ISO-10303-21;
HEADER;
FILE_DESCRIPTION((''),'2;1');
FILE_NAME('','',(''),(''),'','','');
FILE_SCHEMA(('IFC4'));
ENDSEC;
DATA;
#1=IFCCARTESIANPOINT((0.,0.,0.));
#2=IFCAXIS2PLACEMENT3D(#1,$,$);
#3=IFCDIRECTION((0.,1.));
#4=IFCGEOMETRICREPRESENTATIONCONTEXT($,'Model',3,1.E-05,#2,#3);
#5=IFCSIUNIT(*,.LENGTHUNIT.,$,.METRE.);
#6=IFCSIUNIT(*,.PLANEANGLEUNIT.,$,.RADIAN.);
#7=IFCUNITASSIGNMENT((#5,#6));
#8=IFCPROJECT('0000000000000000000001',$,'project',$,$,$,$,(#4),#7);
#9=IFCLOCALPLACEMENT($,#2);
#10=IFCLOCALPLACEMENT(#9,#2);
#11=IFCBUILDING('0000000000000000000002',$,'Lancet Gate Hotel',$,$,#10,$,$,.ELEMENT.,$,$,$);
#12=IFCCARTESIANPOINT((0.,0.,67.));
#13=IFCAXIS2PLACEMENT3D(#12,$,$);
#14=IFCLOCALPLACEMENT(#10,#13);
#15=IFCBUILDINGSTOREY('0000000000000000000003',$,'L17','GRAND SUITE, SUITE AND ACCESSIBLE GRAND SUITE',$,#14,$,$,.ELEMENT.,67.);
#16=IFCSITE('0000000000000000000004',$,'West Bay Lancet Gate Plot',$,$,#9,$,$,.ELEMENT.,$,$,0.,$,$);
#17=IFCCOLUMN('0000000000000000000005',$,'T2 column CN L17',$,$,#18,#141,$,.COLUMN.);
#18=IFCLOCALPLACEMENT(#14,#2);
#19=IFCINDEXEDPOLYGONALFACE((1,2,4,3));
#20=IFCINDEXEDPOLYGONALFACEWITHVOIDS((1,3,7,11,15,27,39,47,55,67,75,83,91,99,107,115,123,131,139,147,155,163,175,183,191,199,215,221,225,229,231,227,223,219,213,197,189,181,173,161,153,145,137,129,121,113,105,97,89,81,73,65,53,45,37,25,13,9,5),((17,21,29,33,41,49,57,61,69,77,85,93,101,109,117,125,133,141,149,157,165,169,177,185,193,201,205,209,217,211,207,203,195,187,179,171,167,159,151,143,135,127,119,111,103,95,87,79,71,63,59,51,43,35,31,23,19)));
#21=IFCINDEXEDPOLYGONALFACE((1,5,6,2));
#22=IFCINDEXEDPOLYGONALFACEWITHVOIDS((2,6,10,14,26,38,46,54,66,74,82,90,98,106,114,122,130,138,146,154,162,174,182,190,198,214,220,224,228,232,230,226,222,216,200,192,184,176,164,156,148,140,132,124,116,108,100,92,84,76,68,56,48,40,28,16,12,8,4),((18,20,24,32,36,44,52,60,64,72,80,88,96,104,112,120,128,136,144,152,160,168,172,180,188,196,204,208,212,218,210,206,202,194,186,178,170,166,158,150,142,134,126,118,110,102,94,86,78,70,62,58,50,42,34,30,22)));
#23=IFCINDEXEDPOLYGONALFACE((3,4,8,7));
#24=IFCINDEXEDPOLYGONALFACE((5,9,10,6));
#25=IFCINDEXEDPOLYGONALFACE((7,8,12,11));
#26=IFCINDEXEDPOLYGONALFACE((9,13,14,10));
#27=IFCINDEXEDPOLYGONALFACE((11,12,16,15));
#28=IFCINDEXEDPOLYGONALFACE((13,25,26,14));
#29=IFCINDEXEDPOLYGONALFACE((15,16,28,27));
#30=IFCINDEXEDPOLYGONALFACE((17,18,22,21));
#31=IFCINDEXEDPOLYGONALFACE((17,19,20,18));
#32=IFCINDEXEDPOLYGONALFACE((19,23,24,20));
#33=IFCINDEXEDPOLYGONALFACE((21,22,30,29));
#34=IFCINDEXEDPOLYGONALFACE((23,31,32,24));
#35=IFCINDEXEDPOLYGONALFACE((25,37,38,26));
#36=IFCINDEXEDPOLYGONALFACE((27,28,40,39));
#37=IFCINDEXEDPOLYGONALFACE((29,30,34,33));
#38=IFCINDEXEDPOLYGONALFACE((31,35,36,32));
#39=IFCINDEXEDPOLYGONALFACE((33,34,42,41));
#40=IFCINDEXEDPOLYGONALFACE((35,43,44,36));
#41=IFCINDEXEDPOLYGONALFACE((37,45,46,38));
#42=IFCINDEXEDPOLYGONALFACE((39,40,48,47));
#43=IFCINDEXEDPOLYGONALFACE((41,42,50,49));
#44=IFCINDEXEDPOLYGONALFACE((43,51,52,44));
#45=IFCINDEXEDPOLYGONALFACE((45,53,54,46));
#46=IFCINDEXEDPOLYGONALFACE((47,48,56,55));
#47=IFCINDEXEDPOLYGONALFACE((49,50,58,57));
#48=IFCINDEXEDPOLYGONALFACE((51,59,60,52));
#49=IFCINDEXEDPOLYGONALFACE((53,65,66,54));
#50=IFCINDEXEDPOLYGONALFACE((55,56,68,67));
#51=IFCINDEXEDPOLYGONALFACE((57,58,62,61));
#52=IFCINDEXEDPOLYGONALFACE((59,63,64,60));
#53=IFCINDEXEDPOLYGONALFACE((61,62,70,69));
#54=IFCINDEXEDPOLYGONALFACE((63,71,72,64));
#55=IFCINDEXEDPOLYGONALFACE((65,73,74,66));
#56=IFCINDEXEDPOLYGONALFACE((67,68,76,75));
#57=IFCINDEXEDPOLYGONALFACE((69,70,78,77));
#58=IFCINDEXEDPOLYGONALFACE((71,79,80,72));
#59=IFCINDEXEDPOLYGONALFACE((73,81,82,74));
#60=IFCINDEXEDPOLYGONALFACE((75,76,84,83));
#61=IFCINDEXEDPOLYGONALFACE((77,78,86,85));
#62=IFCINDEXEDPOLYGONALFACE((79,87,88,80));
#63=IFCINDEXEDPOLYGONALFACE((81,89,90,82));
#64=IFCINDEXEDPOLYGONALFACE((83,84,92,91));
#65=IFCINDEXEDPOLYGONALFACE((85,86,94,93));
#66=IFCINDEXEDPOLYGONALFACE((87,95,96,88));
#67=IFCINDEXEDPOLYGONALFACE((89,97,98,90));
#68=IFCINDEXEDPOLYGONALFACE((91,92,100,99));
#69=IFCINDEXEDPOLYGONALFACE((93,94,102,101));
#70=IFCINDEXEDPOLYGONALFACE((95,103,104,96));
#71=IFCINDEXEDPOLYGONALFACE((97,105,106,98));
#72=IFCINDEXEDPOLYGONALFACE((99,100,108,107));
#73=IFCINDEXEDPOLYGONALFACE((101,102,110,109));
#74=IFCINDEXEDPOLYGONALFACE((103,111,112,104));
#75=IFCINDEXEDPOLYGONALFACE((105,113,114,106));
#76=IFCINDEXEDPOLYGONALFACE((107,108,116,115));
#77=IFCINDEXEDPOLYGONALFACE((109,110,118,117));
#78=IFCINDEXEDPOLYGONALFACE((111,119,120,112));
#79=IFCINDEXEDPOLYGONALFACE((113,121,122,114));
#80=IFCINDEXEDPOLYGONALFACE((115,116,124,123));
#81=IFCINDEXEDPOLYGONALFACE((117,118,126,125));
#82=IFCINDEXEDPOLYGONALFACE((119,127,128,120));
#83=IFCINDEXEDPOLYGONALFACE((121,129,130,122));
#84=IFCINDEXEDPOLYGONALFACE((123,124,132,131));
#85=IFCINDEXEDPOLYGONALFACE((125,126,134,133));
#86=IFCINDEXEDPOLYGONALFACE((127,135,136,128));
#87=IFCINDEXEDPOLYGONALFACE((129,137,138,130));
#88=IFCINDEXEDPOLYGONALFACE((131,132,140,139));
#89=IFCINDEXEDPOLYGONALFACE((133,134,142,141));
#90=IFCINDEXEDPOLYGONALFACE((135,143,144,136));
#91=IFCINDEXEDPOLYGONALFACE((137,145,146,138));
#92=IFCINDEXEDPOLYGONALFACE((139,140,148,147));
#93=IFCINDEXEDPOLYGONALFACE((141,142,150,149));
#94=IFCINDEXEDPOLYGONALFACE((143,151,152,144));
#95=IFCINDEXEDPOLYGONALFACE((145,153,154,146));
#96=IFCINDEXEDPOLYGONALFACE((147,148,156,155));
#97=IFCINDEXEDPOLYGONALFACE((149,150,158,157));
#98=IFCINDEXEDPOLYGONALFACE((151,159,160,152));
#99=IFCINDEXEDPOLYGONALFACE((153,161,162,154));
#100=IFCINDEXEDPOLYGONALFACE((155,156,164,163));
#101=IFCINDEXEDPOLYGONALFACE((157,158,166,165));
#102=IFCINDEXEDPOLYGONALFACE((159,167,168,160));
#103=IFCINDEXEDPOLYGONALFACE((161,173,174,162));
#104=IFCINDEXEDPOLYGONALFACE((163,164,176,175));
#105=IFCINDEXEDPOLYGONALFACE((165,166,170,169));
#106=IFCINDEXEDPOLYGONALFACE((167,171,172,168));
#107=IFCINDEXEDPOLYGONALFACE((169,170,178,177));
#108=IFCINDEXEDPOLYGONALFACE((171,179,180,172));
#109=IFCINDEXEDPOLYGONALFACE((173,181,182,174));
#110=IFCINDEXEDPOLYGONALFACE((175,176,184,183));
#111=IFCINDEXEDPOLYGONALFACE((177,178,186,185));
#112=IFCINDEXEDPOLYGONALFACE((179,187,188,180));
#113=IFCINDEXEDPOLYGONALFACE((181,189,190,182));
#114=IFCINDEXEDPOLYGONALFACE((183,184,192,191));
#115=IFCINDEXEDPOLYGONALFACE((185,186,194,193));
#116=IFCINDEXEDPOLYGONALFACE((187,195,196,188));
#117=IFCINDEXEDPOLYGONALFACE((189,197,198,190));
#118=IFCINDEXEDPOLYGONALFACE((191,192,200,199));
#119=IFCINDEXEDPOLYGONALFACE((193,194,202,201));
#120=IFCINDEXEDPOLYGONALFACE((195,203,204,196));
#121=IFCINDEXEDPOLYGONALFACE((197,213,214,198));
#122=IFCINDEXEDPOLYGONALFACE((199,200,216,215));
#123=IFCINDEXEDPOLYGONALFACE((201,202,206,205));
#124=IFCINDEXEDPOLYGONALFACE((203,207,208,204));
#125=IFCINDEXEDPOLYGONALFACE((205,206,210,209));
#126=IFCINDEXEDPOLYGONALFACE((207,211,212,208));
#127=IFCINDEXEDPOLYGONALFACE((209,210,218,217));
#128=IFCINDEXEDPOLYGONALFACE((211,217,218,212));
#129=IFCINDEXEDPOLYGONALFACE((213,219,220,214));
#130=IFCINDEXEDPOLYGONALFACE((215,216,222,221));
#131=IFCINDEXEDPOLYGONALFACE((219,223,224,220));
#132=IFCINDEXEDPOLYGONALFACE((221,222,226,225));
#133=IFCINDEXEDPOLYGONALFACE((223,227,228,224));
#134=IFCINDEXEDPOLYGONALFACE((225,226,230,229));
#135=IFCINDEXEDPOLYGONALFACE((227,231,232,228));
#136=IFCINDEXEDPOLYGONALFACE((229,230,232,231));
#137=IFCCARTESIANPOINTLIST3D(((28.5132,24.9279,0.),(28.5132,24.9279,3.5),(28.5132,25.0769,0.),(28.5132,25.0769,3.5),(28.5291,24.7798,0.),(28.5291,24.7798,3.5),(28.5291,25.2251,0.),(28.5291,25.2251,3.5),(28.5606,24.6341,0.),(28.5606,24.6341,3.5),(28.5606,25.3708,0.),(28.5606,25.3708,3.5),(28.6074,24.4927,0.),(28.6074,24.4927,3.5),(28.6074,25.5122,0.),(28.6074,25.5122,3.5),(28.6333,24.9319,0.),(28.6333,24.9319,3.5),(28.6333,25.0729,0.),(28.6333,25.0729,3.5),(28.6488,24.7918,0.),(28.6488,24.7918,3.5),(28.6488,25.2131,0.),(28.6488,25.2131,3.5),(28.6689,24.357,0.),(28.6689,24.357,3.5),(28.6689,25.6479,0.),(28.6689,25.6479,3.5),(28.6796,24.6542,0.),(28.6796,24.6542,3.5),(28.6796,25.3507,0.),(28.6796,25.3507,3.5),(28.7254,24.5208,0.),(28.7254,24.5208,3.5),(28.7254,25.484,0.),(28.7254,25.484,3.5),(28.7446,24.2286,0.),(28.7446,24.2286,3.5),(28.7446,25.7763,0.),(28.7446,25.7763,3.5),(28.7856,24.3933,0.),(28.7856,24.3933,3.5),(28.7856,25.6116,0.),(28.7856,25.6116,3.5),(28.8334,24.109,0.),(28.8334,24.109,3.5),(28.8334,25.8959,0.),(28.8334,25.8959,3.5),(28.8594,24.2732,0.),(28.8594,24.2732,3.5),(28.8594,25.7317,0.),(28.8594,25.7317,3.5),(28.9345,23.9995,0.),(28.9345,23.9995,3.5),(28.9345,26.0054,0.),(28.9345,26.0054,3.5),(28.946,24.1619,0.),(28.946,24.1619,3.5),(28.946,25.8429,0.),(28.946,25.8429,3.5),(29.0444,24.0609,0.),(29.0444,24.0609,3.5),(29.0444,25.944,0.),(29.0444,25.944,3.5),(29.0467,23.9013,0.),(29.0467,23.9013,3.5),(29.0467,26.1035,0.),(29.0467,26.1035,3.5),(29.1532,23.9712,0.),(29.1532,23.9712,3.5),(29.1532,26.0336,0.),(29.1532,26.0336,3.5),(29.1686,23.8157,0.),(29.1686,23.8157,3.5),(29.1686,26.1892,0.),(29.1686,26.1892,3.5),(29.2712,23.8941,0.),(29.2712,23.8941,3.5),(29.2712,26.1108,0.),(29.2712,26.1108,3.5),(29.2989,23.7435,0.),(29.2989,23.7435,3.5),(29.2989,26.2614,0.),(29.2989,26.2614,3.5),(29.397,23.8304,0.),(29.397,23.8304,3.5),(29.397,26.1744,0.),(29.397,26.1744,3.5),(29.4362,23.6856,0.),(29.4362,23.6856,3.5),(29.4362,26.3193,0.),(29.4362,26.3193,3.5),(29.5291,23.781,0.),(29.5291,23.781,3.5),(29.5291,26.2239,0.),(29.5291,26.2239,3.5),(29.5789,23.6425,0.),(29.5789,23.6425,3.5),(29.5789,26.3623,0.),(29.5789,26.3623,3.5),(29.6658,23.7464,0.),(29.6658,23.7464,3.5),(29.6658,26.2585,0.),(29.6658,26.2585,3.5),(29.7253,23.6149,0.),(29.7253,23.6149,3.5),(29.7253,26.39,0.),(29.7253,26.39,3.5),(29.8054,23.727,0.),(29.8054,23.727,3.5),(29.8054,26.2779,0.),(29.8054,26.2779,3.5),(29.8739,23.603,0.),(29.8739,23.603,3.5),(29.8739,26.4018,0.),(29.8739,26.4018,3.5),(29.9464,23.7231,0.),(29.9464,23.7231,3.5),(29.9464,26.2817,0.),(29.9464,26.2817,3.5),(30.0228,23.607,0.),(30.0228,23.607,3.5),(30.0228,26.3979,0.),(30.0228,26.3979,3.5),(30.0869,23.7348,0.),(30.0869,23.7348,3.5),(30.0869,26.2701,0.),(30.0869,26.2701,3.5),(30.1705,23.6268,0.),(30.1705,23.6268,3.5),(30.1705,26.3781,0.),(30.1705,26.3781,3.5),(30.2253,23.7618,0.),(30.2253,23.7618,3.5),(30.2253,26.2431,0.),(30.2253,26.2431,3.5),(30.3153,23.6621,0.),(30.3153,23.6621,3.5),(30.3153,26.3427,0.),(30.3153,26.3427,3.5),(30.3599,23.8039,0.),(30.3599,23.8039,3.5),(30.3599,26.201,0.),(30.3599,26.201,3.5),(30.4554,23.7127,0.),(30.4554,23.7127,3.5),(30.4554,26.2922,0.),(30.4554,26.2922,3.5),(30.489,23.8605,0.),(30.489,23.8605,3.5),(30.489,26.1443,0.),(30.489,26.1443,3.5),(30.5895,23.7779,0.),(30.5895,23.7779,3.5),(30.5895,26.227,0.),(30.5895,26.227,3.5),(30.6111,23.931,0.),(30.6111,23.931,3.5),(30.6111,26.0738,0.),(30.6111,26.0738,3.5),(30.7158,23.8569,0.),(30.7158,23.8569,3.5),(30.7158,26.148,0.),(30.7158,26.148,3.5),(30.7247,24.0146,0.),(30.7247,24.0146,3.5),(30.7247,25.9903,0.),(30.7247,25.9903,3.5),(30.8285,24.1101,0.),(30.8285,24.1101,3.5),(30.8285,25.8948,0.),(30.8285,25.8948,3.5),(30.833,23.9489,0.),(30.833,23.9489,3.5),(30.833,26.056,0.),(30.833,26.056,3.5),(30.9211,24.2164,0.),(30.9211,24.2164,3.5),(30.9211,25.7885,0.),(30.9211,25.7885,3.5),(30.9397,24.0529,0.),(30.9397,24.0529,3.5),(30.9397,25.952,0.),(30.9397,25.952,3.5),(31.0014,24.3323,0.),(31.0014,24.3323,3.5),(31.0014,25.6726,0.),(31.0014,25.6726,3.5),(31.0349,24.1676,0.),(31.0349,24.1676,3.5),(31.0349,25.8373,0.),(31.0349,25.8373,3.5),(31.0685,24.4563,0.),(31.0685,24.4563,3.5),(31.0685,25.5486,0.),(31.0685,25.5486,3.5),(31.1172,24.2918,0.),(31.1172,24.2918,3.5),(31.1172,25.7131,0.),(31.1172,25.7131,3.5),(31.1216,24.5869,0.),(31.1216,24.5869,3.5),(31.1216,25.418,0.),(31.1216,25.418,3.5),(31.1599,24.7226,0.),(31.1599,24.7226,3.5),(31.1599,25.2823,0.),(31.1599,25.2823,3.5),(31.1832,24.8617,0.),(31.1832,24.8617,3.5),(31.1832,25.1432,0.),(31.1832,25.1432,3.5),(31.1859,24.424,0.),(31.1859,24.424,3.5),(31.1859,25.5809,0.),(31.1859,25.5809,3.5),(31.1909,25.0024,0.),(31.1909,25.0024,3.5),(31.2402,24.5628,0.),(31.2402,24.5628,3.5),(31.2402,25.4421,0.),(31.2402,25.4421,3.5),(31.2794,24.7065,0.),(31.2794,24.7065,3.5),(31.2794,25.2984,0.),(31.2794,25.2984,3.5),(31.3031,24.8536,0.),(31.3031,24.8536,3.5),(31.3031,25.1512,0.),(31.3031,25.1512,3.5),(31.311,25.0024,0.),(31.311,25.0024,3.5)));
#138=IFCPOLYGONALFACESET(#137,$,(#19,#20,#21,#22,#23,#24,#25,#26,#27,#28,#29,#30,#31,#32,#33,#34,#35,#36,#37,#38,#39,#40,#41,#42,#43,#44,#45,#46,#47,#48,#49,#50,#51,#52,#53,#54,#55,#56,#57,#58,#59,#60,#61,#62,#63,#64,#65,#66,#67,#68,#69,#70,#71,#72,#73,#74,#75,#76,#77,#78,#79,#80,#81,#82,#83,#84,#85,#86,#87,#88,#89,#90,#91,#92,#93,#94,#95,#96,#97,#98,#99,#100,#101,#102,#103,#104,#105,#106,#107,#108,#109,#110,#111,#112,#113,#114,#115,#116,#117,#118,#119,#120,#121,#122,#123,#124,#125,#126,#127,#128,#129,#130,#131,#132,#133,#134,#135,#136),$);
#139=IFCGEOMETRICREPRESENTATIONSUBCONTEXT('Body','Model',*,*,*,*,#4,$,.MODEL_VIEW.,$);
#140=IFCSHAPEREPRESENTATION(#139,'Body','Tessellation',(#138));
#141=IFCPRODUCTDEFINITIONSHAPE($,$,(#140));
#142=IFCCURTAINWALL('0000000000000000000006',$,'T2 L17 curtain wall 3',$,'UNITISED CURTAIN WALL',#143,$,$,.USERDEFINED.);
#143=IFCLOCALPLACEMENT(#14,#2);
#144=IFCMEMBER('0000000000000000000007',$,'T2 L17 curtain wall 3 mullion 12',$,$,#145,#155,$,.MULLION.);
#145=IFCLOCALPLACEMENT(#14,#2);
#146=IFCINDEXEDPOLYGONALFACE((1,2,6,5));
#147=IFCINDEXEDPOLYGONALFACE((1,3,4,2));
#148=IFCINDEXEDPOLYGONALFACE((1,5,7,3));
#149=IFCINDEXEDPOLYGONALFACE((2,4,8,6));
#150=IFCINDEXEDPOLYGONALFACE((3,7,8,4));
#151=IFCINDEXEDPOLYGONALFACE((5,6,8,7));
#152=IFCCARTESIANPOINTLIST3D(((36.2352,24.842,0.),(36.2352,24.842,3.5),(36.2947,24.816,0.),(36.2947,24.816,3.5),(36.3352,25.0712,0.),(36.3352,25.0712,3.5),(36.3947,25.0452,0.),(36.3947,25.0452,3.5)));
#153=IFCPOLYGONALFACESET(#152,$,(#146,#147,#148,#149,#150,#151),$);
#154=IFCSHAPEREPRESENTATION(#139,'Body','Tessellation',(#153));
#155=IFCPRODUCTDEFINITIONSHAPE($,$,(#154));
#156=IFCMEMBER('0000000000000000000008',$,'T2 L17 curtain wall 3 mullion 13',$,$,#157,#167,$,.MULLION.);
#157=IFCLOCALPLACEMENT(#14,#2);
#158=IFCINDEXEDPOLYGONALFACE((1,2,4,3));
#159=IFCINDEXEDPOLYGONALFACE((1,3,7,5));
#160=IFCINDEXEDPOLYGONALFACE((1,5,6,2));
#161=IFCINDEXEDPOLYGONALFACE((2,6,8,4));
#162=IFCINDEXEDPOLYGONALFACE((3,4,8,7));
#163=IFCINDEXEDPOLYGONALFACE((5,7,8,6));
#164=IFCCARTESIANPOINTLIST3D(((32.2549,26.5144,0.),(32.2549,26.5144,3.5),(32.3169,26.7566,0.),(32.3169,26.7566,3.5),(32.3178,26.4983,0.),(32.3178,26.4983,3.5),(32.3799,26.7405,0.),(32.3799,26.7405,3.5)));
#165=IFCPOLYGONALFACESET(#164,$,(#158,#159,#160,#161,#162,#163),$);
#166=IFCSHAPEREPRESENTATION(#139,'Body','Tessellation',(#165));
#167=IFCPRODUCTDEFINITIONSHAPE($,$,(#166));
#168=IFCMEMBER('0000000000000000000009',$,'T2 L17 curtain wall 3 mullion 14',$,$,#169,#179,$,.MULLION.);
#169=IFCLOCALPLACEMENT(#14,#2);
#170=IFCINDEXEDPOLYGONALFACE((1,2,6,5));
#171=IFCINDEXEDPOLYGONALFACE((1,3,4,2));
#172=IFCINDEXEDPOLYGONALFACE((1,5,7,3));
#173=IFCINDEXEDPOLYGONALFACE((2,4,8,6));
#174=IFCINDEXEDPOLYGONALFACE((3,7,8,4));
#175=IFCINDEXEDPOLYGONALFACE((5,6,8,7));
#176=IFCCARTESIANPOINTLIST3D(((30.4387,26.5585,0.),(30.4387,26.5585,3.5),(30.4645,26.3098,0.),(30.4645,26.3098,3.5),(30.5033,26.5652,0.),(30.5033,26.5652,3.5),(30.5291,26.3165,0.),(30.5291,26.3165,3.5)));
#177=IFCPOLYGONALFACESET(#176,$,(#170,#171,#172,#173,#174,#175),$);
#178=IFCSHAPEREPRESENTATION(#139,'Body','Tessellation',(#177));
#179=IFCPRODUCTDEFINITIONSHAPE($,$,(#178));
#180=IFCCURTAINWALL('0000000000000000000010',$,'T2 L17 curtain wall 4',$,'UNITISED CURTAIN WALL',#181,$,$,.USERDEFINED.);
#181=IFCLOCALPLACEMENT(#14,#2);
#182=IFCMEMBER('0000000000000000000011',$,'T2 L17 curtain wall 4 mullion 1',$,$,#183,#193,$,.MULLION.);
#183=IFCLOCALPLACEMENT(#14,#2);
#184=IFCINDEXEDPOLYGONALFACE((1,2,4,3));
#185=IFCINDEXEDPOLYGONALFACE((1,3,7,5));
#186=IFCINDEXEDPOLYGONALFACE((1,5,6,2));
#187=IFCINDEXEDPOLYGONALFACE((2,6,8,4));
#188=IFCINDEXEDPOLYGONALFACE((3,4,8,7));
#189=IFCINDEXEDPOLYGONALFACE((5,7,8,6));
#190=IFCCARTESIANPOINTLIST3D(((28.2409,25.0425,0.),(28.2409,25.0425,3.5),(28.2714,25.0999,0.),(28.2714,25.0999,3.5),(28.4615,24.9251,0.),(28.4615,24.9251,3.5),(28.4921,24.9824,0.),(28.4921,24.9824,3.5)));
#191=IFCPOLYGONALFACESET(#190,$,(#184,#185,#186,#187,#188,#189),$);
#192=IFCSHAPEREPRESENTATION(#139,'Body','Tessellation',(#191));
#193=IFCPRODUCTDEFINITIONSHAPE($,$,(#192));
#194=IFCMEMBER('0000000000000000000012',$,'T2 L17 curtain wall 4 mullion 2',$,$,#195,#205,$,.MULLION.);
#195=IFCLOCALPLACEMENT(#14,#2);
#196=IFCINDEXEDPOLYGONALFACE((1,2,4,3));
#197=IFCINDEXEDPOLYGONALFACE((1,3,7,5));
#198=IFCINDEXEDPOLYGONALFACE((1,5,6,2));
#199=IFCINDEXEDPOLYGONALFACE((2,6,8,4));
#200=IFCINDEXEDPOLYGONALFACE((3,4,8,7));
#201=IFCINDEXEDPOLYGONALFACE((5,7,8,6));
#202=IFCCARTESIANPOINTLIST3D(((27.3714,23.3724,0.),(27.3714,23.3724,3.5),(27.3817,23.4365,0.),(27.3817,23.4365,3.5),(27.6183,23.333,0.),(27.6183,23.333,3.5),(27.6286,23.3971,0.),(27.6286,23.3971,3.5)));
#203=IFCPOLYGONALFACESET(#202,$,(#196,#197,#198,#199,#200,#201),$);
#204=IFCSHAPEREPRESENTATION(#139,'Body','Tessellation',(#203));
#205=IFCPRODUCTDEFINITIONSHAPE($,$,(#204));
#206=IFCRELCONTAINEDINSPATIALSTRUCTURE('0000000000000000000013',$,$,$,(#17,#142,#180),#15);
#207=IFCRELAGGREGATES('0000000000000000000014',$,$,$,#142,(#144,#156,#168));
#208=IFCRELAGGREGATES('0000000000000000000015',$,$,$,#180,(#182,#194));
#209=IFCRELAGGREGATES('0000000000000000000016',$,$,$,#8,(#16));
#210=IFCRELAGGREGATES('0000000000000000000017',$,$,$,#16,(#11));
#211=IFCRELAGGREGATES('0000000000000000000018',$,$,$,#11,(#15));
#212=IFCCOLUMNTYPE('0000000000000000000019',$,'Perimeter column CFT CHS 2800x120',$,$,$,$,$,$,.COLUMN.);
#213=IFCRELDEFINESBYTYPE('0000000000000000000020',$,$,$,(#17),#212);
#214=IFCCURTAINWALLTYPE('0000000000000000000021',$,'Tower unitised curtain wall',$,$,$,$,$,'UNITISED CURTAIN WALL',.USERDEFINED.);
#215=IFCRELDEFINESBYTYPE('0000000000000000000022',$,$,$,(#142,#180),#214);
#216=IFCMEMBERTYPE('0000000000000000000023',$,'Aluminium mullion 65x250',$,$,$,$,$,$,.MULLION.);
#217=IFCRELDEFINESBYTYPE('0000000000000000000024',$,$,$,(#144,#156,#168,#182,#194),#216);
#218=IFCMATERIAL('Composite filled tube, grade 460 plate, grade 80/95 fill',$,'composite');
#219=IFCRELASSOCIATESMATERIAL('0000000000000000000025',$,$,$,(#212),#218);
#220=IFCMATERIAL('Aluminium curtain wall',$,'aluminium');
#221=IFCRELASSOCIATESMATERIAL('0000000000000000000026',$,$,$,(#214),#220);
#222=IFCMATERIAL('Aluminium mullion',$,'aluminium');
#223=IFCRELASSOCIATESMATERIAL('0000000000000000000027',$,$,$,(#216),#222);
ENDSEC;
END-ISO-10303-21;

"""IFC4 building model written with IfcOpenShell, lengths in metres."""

from ifc_helpers import new_model, si_unit, direction, frame, origin, origin_2d, place, context, subcontext, project, spatial, rectangle, hollow_circle, extrude, material, material_profile, profile_set, type_object, element, aggregate, save


model = new_model("IFC4")

# Units and contexts
model_context = context("Model", 3, precision=1e-05, world=origin(), true_north=direction((0.0, 1.0)))
body_context = subcontext(model_context, "Body", "Model", "MODEL_VIEW")
ifc_project = project(units=[si_unit("LENGTHUNIT", "METRE"), si_unit("PLANEANGLEUNIT", "RADIAN")], contexts=[model_context])

# Site, building, storey
site_placement = place(None, origin())
site = spatial("IfcSite", under=ifc_project, at=site_placement, Name="West Bay Lancet Gate Plot", CompositionType="ELEMENT", RefElevation=0.0)
building_placement = place(site_placement, origin())
building = spatial("IfcBuilding", under=site, at=building_placement, Name="Lancet Gate Hotel", CompositionType="ELEMENT")
storey_placement = place(building_placement, frame((0.0, 0.0, 67.0)))
storey = spatial("IfcBuildingStorey", under=building, at=storey_placement, Name="L17", Description="GRAND SUITE, SUITE AND ACCESSIBLE GRAND SUITE", CompositionType="ELEMENT", Elevation=67.0)

# Column
ifc_material_1 = material(Name="Composite filled tube, grade 460 plate, grade 80/95 fill", Category="composite")
ifc_material_profile_1 = material_profile(ifc_material_1, hollow_circle(Radius=1.3999, WallThickness=0.1201, at=origin_2d()), Name="CHS 2800x120")
ifc_profile_set_1 = profile_set([ifc_material_profile_1], Name="Composite filled tube, grade 460 plate, grade 80/95 fill")
column_type = type_object("IfcColumnType", Name="Perimeter column CFT CHS 2800x120", PredefinedType="COLUMN", material=ifc_profile_set_1)
column_placement = place(storey_placement, frame((29.9111, 25.0024, 0.0), z_axis=(0.0, 0.0, 1.0), x_axis=(1.0, 0.0, 0.0)))
element("IfcColumn", 1, at=column_placement, inside=storey, type_object=column_type, Name="T2 column CN L17", PredefinedType="COLUMN", context=body_context, shape_type="SweptSolid", body=[
    extrude(hollow_circle(Radius=1.3999, WallThickness=0.1201, at=origin_2d()), origin(), (0.0, 0.0, 1.0), 3.5),
])

# Curtain walls, members
ifc_material_2 = material(Name="Aluminium curtain wall", Category="aluminium")
curtain_wall_type = type_object("IfcCurtainWallType", Name="Tower unitised curtain wall", ElementType="UNITISED CURTAIN WALL", PredefinedType="USERDEFINED", material=ifc_material_2)
curtain_wall_1_placement = place(storey_placement, origin())
curtain_wall_1 = element("IfcCurtainWall", 2, at=curtain_wall_1_placement, inside=storey, type_object=curtain_wall_type, Name="T2 L17 curtain wall 3", ObjectType="UNITISED CURTAIN WALL", PredefinedType="USERDEFINED")
ifc_material_3 = material(Name="Aluminium mullion", Category="aluminium")
ifc_material_profile_2 = material_profile(ifc_material_3, rectangle(XDim=0.0649, YDim=0.25, at=origin_2d()), Name="MULLION 65x250")
ifc_profile_set_2 = profile_set([ifc_material_profile_2], Name="Aluminium mullion")
member_type_1 = type_object("IfcMemberType", Name="Aluminium mullion 65x250", PredefinedType="MULLION", material=ifc_profile_set_2)
member_1_placement = place(storey_placement, frame((36.3149, 24.9436, 0.0), z_axis=(0.0, 0.0, 1.0), x_axis=(-0.916579, 0.399854, 0.0)))
member_1 = element("IfcMember", 3, at=member_1_placement, type_object=member_type_1, Name="T2 L17 curtain wall 3 mullion 12", PredefinedType="MULLION", context=body_context, shape_type="SweptSolid", body=[
    extrude(rectangle(XDim=0.0649, YDim=0.25, at=origin_2d()), origin(), (0.0, 0.0, 1.0), 3.5),
])
member_2_placement = place(storey_placement, frame((32.3174, 26.6274, 0.0), z_axis=(0.0, 0.0, 1.0), x_axis=(-0.968721, 0.24815, 0.0)))
member_2 = element("IfcMember", 4, at=member_2_placement, type_object=member_type_1, Name="T2 L17 curtain wall 3 mullion 13", PredefinedType="MULLION", context=body_context, shape_type="SweptSolid", body=[
    extrude(rectangle(XDim=0.0649, YDim=0.25, at=origin_2d()), origin(), (0.0, 0.0, 1.0), 3.5),
])
member_3_placement = place(storey_placement, frame((30.4839, 26.4375, 0.0), z_axis=(0.0, 0.0, 1.0), x_axis=(-0.994672, -0.103088, 0.0)))
member_3 = element("IfcMember", 5, at=member_3_placement, type_object=member_type_1, Name="T2 L17 curtain wall 3 mullion 14", PredefinedType="MULLION", context=body_context, shape_type="SweptSolid", body=[
    extrude(rectangle(XDim=0.0649, YDim=0.25, at=origin_2d()), origin(), (0.0, 0.0, 1.0), 3.5),
])
curtain_wall_2_placement = place(storey_placement, origin())
curtain_wall_2 = element("IfcCurtainWall", 6, at=curtain_wall_2_placement, inside=storey, type_object=curtain_wall_type, Name="T2 L17 curtain wall 4", ObjectType="UNITISED CURTAIN WALL", PredefinedType="USERDEFINED")
member_4_placement = place(storey_placement, frame((28.3665, 25.0125, 0.0), z_axis=(0.0, 0.0, 1.0), x_axis=(-0.469898, -0.882721, 0.0)))
member_4 = element("IfcMember", 7, at=member_4_placement, type_object=member_type_1, Name="T2 L17 curtain wall 4 mullion 1", PredefinedType="MULLION", context=body_context, shape_type="SweptSolid", body=[
    extrude(rectangle(XDim=0.0649, YDim=0.25, at=origin_2d()), origin(), (0.0, 0.0, 1.0), 3.5),
])
member_5_placement = place(storey_placement, frame((27.5, 23.3848, 0.0), z_axis=(0.0, 0.0, 1.0), x_axis=(-0.157752, -0.987479, 0.0)))
member_5 = element("IfcMember", 8, at=member_5_placement, type_object=member_type_1, Name="T2 L17 curtain wall 4 mullion 2", PredefinedType="MULLION", context=body_context, shape_type="SweptSolid", body=[
    extrude(rectangle(XDim=0.0649, YDim=0.25, at=origin_2d()), origin(), (0.0, 0.0, 1.0), 3.5),
])

aggregate(curtain_wall_1, [member_1, member_2, member_3])
aggregate(curtain_wall_2, [member_4, member_5])

save(model, "model.ifc")
